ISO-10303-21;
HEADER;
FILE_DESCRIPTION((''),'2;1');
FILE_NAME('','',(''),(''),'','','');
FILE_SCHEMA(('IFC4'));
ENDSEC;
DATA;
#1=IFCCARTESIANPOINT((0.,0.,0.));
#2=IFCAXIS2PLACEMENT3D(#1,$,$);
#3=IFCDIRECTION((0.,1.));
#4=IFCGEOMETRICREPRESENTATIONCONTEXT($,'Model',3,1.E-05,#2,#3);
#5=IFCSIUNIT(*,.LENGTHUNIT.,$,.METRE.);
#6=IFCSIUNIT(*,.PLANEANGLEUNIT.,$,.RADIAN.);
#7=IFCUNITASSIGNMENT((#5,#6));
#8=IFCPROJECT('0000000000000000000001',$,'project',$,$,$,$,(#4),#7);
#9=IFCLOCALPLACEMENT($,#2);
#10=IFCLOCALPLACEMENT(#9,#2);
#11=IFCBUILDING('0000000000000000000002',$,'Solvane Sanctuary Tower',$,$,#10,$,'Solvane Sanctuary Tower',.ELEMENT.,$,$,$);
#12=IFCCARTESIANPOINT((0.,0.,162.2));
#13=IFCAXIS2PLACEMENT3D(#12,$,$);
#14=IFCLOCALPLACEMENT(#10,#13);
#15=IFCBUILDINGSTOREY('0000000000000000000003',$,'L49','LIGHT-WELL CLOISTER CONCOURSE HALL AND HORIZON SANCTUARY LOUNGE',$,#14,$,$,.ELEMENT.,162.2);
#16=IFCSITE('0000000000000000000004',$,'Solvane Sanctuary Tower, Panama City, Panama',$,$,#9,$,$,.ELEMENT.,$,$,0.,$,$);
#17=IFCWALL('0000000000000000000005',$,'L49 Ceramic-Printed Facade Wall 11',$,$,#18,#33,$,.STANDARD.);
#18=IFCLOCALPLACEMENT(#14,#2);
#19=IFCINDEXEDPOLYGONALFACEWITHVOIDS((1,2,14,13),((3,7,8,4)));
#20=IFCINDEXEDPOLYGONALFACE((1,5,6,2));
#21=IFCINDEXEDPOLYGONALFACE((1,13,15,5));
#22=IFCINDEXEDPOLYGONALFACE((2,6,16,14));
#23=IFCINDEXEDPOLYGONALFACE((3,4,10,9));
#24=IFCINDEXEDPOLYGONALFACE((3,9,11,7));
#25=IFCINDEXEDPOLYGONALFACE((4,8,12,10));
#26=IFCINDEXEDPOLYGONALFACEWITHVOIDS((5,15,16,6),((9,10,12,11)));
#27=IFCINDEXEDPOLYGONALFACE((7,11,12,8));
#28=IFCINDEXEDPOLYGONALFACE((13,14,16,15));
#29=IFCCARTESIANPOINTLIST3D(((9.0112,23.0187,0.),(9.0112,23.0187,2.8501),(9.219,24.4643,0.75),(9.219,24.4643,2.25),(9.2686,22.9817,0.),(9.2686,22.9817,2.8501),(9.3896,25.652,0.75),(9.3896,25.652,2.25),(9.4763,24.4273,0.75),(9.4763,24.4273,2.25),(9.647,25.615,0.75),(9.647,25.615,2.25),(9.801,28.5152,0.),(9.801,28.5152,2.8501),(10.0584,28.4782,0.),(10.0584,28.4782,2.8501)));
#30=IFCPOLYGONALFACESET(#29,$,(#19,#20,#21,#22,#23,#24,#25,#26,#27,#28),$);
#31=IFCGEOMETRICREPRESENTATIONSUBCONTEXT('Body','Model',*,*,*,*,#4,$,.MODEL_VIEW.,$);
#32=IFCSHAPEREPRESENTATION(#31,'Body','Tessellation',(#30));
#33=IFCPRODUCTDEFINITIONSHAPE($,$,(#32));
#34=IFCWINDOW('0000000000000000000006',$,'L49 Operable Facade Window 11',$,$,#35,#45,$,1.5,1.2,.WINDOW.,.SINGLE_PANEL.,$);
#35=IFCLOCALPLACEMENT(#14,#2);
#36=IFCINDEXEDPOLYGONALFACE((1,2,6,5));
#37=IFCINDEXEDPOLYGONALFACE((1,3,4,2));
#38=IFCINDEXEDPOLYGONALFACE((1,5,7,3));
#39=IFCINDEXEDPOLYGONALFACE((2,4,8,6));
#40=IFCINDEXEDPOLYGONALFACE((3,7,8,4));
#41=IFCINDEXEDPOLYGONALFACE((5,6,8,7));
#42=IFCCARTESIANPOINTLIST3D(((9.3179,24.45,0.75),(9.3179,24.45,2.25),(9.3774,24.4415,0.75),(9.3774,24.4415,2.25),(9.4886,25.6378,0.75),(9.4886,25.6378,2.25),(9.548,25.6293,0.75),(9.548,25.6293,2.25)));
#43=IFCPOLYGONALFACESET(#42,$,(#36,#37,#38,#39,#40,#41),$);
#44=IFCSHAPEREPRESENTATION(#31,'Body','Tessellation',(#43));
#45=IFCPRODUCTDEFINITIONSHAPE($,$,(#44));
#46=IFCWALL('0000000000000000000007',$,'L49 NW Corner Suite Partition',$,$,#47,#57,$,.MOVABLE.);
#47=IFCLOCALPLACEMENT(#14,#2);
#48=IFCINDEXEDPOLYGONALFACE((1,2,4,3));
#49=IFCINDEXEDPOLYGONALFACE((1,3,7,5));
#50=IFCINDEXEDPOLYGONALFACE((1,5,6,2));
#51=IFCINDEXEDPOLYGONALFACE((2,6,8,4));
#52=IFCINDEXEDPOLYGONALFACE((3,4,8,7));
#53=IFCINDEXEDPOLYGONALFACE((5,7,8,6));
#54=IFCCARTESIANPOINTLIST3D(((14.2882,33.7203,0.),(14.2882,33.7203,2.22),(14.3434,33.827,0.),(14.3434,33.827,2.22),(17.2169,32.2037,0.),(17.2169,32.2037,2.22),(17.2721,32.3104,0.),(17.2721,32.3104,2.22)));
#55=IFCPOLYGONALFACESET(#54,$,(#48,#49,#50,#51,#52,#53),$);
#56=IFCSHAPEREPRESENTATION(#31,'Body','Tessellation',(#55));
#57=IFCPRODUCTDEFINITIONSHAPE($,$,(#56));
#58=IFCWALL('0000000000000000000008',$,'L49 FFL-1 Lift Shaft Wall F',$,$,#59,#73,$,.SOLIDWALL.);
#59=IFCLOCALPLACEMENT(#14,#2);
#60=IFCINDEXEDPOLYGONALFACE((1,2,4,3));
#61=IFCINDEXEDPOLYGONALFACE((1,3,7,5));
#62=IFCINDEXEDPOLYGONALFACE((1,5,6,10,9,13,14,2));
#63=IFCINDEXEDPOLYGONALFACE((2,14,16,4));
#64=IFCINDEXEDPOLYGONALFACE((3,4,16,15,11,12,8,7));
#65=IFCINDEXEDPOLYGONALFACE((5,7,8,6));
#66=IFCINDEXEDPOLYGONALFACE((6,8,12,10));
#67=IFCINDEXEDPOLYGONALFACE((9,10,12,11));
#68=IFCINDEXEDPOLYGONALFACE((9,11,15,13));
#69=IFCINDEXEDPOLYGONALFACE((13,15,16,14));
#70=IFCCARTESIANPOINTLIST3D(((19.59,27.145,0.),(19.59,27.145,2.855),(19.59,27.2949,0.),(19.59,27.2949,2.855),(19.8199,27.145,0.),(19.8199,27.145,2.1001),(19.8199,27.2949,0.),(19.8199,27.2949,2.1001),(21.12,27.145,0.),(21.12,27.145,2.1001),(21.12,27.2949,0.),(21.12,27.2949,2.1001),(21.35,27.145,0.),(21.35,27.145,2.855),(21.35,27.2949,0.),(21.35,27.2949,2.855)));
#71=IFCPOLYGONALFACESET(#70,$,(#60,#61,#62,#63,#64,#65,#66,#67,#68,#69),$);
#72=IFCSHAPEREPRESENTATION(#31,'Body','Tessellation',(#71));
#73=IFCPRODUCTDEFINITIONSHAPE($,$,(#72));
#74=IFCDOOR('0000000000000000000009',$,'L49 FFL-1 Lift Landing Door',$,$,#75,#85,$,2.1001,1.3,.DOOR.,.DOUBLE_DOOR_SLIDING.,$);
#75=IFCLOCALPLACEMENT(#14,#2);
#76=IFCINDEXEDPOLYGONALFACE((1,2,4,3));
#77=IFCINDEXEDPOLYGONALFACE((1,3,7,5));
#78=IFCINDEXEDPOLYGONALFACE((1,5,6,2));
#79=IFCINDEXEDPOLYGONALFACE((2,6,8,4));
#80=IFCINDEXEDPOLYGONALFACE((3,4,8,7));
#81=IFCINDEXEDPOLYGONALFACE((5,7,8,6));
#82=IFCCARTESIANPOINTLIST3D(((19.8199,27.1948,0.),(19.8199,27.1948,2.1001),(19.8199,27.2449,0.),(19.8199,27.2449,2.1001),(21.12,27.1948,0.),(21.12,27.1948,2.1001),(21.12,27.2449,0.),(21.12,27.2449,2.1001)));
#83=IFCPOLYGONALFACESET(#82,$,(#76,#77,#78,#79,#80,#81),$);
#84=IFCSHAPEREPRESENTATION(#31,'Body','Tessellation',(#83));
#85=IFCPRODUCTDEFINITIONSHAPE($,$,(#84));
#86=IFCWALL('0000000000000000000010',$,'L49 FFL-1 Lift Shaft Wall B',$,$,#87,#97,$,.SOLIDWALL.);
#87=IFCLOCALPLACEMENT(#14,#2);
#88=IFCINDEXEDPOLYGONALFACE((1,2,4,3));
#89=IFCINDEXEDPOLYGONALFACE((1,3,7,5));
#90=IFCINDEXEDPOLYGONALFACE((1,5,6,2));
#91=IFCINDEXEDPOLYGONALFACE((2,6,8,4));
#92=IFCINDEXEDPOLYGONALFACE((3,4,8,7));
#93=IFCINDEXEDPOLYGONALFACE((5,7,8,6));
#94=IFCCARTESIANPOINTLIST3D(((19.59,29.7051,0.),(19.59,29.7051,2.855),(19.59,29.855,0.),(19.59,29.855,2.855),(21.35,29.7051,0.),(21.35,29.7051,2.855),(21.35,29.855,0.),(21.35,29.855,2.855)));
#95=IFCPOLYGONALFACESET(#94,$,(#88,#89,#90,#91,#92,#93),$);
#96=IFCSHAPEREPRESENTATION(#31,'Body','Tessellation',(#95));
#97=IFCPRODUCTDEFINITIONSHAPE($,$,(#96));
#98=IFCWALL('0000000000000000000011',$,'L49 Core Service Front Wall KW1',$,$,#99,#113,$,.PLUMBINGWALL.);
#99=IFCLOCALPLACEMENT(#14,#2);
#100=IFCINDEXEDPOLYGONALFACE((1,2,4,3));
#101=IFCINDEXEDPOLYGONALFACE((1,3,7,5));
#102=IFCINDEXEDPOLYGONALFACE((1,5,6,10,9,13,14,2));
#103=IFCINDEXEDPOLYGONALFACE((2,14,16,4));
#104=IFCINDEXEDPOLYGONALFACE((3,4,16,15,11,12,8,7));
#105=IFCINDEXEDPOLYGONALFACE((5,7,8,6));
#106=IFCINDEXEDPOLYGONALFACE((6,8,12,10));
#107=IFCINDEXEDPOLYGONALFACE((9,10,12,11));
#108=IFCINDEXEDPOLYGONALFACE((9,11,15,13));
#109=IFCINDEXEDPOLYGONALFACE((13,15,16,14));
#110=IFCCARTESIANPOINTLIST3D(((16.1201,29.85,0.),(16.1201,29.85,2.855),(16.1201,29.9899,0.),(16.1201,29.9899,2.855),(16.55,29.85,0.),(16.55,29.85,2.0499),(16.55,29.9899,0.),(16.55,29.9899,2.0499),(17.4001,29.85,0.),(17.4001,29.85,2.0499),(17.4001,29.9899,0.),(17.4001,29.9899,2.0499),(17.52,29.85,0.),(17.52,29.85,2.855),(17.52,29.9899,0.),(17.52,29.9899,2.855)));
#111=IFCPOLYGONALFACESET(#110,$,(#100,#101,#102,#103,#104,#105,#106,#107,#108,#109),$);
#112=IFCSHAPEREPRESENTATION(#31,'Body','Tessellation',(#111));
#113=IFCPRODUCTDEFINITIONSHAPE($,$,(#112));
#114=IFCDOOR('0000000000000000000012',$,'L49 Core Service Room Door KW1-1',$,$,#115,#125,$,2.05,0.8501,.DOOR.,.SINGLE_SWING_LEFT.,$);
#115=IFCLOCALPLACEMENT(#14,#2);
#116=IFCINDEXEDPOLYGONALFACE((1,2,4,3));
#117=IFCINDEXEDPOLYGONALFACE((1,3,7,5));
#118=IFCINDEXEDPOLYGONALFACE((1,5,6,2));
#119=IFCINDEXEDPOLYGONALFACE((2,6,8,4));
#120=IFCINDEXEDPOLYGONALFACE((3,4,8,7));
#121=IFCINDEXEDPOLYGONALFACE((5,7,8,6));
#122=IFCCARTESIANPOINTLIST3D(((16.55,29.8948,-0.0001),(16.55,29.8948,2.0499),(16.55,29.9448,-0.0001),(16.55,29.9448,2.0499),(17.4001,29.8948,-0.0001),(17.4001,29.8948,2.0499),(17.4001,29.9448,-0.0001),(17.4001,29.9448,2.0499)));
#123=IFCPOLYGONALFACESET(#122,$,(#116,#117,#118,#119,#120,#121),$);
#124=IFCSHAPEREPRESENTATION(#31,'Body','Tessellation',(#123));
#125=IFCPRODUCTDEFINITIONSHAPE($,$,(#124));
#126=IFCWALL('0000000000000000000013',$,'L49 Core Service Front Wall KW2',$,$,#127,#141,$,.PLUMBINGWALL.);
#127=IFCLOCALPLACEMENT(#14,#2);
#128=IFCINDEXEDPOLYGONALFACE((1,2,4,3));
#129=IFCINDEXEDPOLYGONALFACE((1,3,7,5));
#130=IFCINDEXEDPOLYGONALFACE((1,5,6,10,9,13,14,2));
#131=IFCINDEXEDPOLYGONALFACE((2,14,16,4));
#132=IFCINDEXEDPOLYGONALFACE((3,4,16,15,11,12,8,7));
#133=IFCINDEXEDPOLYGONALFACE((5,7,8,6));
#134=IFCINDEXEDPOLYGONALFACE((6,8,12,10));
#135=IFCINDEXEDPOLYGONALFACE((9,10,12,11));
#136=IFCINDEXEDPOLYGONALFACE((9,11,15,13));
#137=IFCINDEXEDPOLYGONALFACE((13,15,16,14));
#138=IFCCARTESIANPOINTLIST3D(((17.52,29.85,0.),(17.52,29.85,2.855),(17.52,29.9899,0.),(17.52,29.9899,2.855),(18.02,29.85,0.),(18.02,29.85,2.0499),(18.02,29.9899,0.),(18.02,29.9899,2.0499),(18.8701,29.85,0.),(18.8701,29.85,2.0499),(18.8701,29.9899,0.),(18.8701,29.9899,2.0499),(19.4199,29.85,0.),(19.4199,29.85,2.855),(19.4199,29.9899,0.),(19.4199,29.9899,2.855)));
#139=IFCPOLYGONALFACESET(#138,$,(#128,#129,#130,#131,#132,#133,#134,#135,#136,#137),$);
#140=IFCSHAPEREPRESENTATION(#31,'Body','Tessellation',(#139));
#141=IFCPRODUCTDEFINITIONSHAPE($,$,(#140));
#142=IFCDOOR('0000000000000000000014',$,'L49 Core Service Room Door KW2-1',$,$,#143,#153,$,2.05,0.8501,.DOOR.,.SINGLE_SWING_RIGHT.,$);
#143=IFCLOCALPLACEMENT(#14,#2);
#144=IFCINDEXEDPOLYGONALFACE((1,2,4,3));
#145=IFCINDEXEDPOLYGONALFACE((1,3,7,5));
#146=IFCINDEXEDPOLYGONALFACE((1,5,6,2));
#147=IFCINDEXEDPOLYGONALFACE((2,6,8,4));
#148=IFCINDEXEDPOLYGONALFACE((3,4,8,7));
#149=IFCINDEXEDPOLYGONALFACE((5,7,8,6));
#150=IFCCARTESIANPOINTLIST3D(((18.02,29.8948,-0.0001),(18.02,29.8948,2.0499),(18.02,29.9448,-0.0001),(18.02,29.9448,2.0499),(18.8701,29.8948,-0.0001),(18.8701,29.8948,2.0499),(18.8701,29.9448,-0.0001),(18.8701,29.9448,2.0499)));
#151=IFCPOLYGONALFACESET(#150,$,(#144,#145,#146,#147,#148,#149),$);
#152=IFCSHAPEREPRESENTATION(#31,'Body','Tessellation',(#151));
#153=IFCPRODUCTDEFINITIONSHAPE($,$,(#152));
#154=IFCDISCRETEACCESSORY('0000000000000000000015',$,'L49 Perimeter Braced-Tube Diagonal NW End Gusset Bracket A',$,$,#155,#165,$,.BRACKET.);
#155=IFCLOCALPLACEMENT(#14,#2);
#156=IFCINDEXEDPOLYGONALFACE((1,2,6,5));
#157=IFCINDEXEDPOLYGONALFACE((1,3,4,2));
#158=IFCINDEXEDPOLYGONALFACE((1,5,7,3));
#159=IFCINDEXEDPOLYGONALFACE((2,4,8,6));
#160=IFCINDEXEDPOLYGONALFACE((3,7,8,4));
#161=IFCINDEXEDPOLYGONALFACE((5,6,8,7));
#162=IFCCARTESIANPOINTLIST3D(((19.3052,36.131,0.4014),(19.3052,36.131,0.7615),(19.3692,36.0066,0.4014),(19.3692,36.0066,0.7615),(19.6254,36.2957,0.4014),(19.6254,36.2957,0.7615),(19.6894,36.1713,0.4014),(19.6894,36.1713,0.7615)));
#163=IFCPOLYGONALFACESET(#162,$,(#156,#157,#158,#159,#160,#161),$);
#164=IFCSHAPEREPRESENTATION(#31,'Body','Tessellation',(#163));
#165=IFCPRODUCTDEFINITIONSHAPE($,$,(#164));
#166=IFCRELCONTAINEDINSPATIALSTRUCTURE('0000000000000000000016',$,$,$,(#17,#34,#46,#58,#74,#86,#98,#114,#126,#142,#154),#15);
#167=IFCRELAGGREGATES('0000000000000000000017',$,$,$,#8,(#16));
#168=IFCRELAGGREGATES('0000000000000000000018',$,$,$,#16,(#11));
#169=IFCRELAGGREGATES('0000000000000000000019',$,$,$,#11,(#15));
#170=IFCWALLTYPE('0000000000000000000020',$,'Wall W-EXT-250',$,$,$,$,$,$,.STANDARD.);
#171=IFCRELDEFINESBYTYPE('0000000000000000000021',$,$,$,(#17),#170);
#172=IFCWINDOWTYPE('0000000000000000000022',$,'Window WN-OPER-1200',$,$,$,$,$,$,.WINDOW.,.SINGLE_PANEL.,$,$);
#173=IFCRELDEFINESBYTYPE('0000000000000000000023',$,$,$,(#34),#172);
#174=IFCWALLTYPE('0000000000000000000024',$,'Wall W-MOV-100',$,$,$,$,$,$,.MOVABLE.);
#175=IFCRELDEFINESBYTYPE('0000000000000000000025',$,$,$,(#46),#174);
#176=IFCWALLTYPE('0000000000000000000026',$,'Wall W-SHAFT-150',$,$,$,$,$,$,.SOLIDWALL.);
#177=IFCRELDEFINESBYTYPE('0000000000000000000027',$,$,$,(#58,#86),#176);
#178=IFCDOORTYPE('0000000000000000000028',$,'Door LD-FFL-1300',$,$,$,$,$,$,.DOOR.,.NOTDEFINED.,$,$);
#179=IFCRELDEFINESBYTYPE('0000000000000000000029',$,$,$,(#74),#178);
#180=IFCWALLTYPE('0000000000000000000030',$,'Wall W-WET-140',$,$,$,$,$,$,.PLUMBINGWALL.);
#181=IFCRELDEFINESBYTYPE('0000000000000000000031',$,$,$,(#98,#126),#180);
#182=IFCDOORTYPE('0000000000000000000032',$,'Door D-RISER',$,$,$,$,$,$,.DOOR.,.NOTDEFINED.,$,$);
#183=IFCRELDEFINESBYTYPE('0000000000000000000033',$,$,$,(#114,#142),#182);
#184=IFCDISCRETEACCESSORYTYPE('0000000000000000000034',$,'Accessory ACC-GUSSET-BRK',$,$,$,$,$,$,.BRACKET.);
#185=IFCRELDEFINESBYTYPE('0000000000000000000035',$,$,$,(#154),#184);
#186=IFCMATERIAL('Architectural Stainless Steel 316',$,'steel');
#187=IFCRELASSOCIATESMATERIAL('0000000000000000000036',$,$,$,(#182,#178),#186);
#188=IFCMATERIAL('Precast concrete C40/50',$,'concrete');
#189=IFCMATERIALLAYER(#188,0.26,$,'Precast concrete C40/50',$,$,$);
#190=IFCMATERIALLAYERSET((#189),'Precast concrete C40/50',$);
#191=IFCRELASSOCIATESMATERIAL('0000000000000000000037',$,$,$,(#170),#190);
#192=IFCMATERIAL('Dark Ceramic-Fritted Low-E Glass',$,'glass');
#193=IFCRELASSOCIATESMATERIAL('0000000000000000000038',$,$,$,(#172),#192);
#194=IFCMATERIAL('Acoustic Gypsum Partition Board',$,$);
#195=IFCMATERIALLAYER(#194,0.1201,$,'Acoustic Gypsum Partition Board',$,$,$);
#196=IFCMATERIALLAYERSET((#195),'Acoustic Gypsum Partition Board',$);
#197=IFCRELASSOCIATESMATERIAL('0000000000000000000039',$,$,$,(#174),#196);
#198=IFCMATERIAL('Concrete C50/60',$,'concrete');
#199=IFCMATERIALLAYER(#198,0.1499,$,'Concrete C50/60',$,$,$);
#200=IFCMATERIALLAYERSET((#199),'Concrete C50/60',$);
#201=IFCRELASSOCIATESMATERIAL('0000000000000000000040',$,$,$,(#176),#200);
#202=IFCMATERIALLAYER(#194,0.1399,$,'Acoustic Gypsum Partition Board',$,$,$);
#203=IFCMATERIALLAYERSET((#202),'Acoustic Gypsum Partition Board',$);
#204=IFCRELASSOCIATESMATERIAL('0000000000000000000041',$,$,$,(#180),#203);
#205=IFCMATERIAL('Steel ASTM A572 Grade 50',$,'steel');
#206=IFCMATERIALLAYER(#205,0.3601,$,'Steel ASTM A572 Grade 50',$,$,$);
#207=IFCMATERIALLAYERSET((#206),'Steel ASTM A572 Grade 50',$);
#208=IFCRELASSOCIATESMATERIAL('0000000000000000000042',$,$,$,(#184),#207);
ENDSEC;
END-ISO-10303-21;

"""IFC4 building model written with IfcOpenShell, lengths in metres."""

from ifc_helpers import new_model, si_unit, direction, frame, frame_2d, origin, origin_2d, place, context, subcontext, project, spatial, rectangle, extrude, material, layer, layer_set, type_object, element, fill, save


model = new_model("IFC4")

# Units and contexts
model_context = context("Model", 3, precision=1e-05, world=origin(), true_north=direction((0.0, 1.0)))
body_context = subcontext(model_context, "Body", "Model", "MODEL_VIEW")
ifc_project = project(units=[si_unit("LENGTHUNIT", "METRE"), si_unit("PLANEANGLEUNIT", "RADIAN")], contexts=[model_context])

# Site, building, storey
site_placement = place(None, origin())
site = spatial("IfcSite", under=ifc_project, at=site_placement, Name="Solvane Sanctuary Tower, Panama City, Panama", CompositionType="ELEMENT", RefElevation=0.0)
building_placement = place(site_placement, origin())
building = spatial("IfcBuilding", under=site, at=building_placement, Name="Solvane Sanctuary Tower", LongName="Solvane Sanctuary Tower", CompositionType="ELEMENT")
storey_placement = place(building_placement, frame((0.0, 0.0, 162.2)))
storey = spatial("IfcBuildingStorey", under=building, at=storey_placement, Name="L49", Description="LIGHT-WELL CLOISTER CONCOURSE HALL AND HORIZON SANCTUARY LOUNGE", CompositionType="ELEMENT", Elevation=162.2)

# Shared definitions
ifc_material_1 = material(Name="Acoustic Gypsum Partition Board")

# Shared definitions
ifc_material_2 = material(Name="Architectural Stainless Steel 316", Category="steel")
door_type_1 = type_object("IfcDoorType", Name="Door D-RISER", OperationType="NOTDEFINED", PredefinedType="DOOR", material=ifc_material_2)

# Shared definitions
ifc_material_3 = material(Name="Precast concrete C40/50", Category="concrete")
ifc_layer_1 = layer(ifc_material_3, 0.26, Name="Precast concrete C40/50")
ifc_layer_set_1 = layer_set([ifc_layer_1], Name="Precast concrete C40/50")
wall_type_1 = type_object("IfcWallType", Name="Wall W-EXT-250", PredefinedType="STANDARD", material=ifc_layer_set_1)

# Wall, opening, window
ifc_material_4 = material(Name="Dark Ceramic-Fritted Low-E Glass", Category="glass")
window_type_1 = type_object("IfcWindowType", Name="Window WN-OPER-1200", PartitioningType="SINGLE_PANEL", PredefinedType="WINDOW", material=ifc_material_4)
wall_1_placement = place(storey_placement, frame((9.9297, 28.4966, 0.0), z_axis=(0.0, 0.0, 1.0), x_axis=(-0.142228, -0.989834, 0.0)))
wall_1 = element("IfcWall", 1, at=wall_1_placement, inside=storey, type_object=wall_type_1, Name="L49 Ceramic-Printed Facade Wall 11", PredefinedType="STANDARD", context=body_context, shape_type="SweptSolid", body=[
    extrude(rectangle(XDim=5.553, YDim=0.26, at=frame_2d((2.7764, 0.0))), origin(), (0.0, 0.0, 1.0), 2.8501),
])
opening_1_placement = place(wall_1_placement, frame((2.8923, 0.0, 0.75)))
opening_1 = element("IfcOpeningElement", 2, at=opening_1_placement, cuts=wall_1, PredefinedType="OPENING", context=body_context, shape_type="SweptSolid", body=[
    extrude(rectangle(XDim=1.2, YDim=1.5, at=frame_2d((0.6001, 0.75))), frame((0.0, 0.1399, 0.0), z_axis=(0.0, -1.0, 0.0), x_axis=(1.0, 0.0, 0.0)), (0.0, 0.0, 1.0), 0.28),
])
window_1_placement = place(opening_1_placement, origin())
window_1 = element("IfcWindow", 3, at=window_1_placement, inside=storey, type_object=window_type_1, Name="L49 Operable Facade Window 11", OverallHeight=1.5, OverallWidth=1.2, PartitioningType="SINGLE_PANEL", PredefinedType="WINDOW", context=body_context, shape_type="SweptSolid", body=[
    extrude(rectangle(XDim=1.2, YDim=1.5, at=frame_2d((0.6001, 0.75))), frame((0.0, 0.03, 0.0), z_axis=(0.0, -1.0, 0.0), x_axis=(1.0, 0.0, 0.0)), (0.0, 0.0, 1.0), 0.0601),
])
fill(opening_1, window_1)

# Wall
ifc_layer_2 = layer(ifc_material_1, 0.1201, Name="Acoustic Gypsum Partition Board")
ifc_layer_set_2 = layer_set([ifc_layer_2], Name="Acoustic Gypsum Partition Board")
wall_type_2 = type_object("IfcWallType", Name="Wall W-MOV-100", PredefinedType="MOVABLE", material=ifc_layer_set_2)
wall_2_placement = place(storey_placement, frame((17.2444, 32.2571, 0.0), z_axis=(0.0, 0.0, 1.0), x_axis=(-0.888001, 0.459842, 0.0)))
element("IfcWall", 4, at=wall_2_placement, inside=storey, type_object=wall_type_2, Name="L49 NW Corner Suite Partition", PredefinedType="MOVABLE", context=body_context, shape_type="SweptSolid", body=[
    extrude(rectangle(XDim=3.2981, YDim=0.1201, at=frame_2d((1.6489, 0.0))), origin(), (0.0, 0.0, 1.0), 2.22),
])

# Wall, opening, door
ifc_material_5 = material(Name="Concrete C50/60", Category="concrete")
ifc_layer_3 = layer(ifc_material_5, 0.1499, Name="Concrete C50/60")
ifc_layer_set_3 = layer_set([ifc_layer_3], Name="Concrete C50/60")
wall_type_3 = type_object("IfcWallType", Name="Wall W-SHAFT-150", PredefinedType="SOLIDWALL", material=ifc_layer_set_3)
wall_3_placement = place(storey_placement, frame((19.5901, 27.22, 0.0), z_axis=(0.0, 0.0, 1.0), x_axis=(1.0, 0.0, 0.0)))
wall_3 = element("IfcWall", 5, at=wall_3_placement, inside=storey, type_object=wall_type_3, Name="L49 FFL-1 Lift Shaft Wall F", PredefinedType="SOLIDWALL", context=body_context, shape_type="SweptSolid", body=[
    extrude(rectangle(XDim=1.76, YDim=0.1499, at=frame_2d((0.8799, 0.0))), origin(), (0.0, 0.0, 1.0), 2.855),
])
opening_2_placement = place(wall_3_placement, frame((0.23, 0.0, 0.0)))
opening_2 = element("IfcOpeningElement", 6, at=opening_2_placement, cuts=wall_3, PredefinedType="OPENING", context=body_context, shape_type="SweptSolid", body=[
    extrude(rectangle(XDim=1.3, YDim=2.1001, at=frame_2d((0.6499, 1.05))), frame((0.0, 0.085, 0.0), z_axis=(0.0, -1.0, 0.0), x_axis=(1.0, 0.0, 0.0)), (0.0, 0.0, 1.0), 0.1699),
])
door_type_2 = type_object("IfcDoorType", Name="Door LD-FFL-1300", OperationType="NOTDEFINED", PredefinedType="DOOR", material=ifc_material_2)
door_1_placement = place(opening_2_placement, origin())
door_1 = element("IfcDoor", 7, at=door_1_placement, inside=storey, type_object=door_type_2, Name="L49 FFL-1 Lift Landing Door", OperationType="DOUBLE_DOOR_SLIDING", OverallHeight=2.1001, OverallWidth=1.3, PredefinedType="DOOR", context=body_context, shape_type="SweptSolid", body=[
    extrude(rectangle(XDim=1.3, YDim=2.1001, at=frame_2d((0.6499, 1.05))), frame((0.0, 0.0249, 0.0), z_axis=(0.0, -1.0, 0.0), x_axis=(1.0, 0.0, 0.0)), (0.0, 0.0, 1.0), 0.05),
])
fill(opening_2, door_1)

# Wall
wall_4_placement = place(storey_placement, frame((19.5901, 29.78, 0.0), z_axis=(0.0, 0.0, 1.0), x_axis=(1.0, 0.0, 0.0)))
element("IfcWall", 8, at=wall_4_placement, inside=storey, type_object=wall_type_3, Name="L49 FFL-1 Lift Shaft Wall B", PredefinedType="SOLIDWALL", context=body_context, shape_type="SweptSolid", body=[
    extrude(rectangle(XDim=1.76, YDim=0.1499, at=frame_2d((0.8799, 0.0))), origin(), (0.0, 0.0, 1.0), 2.855),
])

# Walls, openings, doors
ifc_layer_4 = layer(ifc_material_1, 0.1399, Name="Acoustic Gypsum Partition Board")
ifc_layer_set_4 = layer_set([ifc_layer_4], Name="Acoustic Gypsum Partition Board")
wall_type_4 = type_object("IfcWallType", Name="Wall W-WET-140", PredefinedType="PLUMBINGWALL", material=ifc_layer_set_4)
wall_5_placement = place(storey_placement, frame((16.1201, 29.9199, 0.0), z_axis=(0.0, 0.0, 1.0), x_axis=(1.0, 0.0, 0.0)))
wall_5 = element("IfcWall", 9, at=wall_5_placement, inside=storey, type_object=wall_type_4, Name="L49 Core Service Front Wall KW1", PredefinedType="PLUMBINGWALL", context=body_context, shape_type="SweptSolid", body=[
    extrude(rectangle(XDim=1.3999, YDim=0.1399, at=frame_2d((0.7, 0.0))), origin(), (0.0, 0.0, 1.0), 2.855),
])
opening_3_placement = place(wall_5_placement, frame((0.4299, 0.0, 0.0)))
opening_3 = element("IfcOpeningElement", 10, at=opening_3_placement, cuts=wall_5, PredefinedType="OPENING", context=body_context, shape_type="SweptSolid", body=[
    extrude(rectangle(XDim=0.8501, YDim=2.05, at=frame_2d((0.425, 1.0249))), frame((0.0, 0.0798, 0.0), z_axis=(0.0, -1.0, 0.0), x_axis=(1.0, 0.0, 0.0)), (0.0, 0.0, 1.0), 0.1599),
])
door_2_placement = place(opening_3_placement, origin())
door_2 = element("IfcDoor", 11, at=door_2_placement, inside=storey, type_object=door_type_1, Name="L49 Core Service Room Door KW1-1", OperationType="SINGLE_SWING_LEFT", OverallHeight=2.05, OverallWidth=0.8501, PredefinedType="DOOR", context=body_context, shape_type="SweptSolid", body=[
    extrude(rectangle(XDim=0.8501, YDim=2.05, at=frame_2d((0.425, 1.0249))), frame((0.0, 0.0249, 0.0), z_axis=(0.0, -1.0, 0.0), x_axis=(1.0, 0.0, 0.0)), (0.0, 0.0, 1.0), 0.05),
])
fill(opening_3, door_2)
wall_6_placement = place(storey_placement, frame((17.52, 29.9199, 0.0), z_axis=(0.0, 0.0, 1.0), x_axis=(1.0, 0.0, 0.0)))
wall_6 = element("IfcWall", 12, at=wall_6_placement, inside=storey, type_object=wall_type_4, Name="L49 Core Service Front Wall KW2", PredefinedType="PLUMBINGWALL", context=body_context, shape_type="SweptSolid", body=[
    extrude(rectangle(XDim=1.8999, YDim=0.1399, at=frame_2d((0.95, 0.0))), origin(), (0.0, 0.0, 1.0), 2.855),
])
opening_4_placement = place(wall_6_placement, frame((0.5, 0.0, 0.0)))
opening_4 = element("IfcOpeningElement", 13, at=opening_4_placement, cuts=wall_6, PredefinedType="OPENING", context=body_context, shape_type="SweptSolid", body=[
    extrude(rectangle(XDim=0.8501, YDim=2.05, at=frame_2d((0.425, 1.0249))), frame((0.0, 0.0798, 0.0), z_axis=(0.0, -1.0, 0.0), x_axis=(1.0, 0.0, 0.0)), (0.0, 0.0, 1.0), 0.1599),
])
door_3_placement = place(opening_4_placement, origin())
door_3 = element("IfcDoor", 14, at=door_3_placement, inside=storey, type_object=door_type_1, Name="L49 Core Service Room Door KW2-1", OperationType="SINGLE_SWING_RIGHT", OverallHeight=2.05, OverallWidth=0.8501, PredefinedType="DOOR", context=body_context, shape_type="SweptSolid", body=[
    extrude(rectangle(XDim=0.8501, YDim=2.05, at=frame_2d((0.425, 1.0249))), frame((0.0, 0.0249, 0.0), z_axis=(0.0, -1.0, 0.0), x_axis=(1.0, 0.0, 0.0)), (0.0, 0.0, 1.0), 0.05),
])
fill(opening_4, door_3)

# Discrete accessory
ifc_material_6 = material(Name="Steel ASTM A572 Grade 50", Category="steel")
ifc_layer_5 = layer(ifc_material_6, 0.3601, Name="Steel ASTM A572 Grade 50")
ifc_layer_set_5 = layer_set([ifc_layer_5], Name="Steel ASTM A572 Grade 50")
discrete_accessory_type = type_object("IfcDiscreteAccessoryType", Name="Accessory ACC-GUSSET-BRK", PredefinedType="BRACKET", material=ifc_layer_set_5)
for number, where, z_axis, x_axis, name in (
    (15, (19.4973, 36.1511, 0.4014), (0.0, 0.0, 1.0), (-0.889257, -0.457408, 0.0), "L49 Perimeter Braced-Tube Diagonal NW End Gusset Bracket A"),
):
    element("IfcDiscreteAccessory", number, at=place(storey_placement, frame(where, z_axis=z_axis, x_axis=x_axis)), inside=storey, type_object=discrete_accessory_type, Name=name, PredefinedType="BRACKET", context=body_context, shape_type="SweptSolid", body=[
        extrude(rectangle(XDim=0.3601, YDim=0.1399, at=origin_2d()), origin(), (0.0, 0.0, 1.0), 0.3601),
    ])

save(model, "model.ifc")
